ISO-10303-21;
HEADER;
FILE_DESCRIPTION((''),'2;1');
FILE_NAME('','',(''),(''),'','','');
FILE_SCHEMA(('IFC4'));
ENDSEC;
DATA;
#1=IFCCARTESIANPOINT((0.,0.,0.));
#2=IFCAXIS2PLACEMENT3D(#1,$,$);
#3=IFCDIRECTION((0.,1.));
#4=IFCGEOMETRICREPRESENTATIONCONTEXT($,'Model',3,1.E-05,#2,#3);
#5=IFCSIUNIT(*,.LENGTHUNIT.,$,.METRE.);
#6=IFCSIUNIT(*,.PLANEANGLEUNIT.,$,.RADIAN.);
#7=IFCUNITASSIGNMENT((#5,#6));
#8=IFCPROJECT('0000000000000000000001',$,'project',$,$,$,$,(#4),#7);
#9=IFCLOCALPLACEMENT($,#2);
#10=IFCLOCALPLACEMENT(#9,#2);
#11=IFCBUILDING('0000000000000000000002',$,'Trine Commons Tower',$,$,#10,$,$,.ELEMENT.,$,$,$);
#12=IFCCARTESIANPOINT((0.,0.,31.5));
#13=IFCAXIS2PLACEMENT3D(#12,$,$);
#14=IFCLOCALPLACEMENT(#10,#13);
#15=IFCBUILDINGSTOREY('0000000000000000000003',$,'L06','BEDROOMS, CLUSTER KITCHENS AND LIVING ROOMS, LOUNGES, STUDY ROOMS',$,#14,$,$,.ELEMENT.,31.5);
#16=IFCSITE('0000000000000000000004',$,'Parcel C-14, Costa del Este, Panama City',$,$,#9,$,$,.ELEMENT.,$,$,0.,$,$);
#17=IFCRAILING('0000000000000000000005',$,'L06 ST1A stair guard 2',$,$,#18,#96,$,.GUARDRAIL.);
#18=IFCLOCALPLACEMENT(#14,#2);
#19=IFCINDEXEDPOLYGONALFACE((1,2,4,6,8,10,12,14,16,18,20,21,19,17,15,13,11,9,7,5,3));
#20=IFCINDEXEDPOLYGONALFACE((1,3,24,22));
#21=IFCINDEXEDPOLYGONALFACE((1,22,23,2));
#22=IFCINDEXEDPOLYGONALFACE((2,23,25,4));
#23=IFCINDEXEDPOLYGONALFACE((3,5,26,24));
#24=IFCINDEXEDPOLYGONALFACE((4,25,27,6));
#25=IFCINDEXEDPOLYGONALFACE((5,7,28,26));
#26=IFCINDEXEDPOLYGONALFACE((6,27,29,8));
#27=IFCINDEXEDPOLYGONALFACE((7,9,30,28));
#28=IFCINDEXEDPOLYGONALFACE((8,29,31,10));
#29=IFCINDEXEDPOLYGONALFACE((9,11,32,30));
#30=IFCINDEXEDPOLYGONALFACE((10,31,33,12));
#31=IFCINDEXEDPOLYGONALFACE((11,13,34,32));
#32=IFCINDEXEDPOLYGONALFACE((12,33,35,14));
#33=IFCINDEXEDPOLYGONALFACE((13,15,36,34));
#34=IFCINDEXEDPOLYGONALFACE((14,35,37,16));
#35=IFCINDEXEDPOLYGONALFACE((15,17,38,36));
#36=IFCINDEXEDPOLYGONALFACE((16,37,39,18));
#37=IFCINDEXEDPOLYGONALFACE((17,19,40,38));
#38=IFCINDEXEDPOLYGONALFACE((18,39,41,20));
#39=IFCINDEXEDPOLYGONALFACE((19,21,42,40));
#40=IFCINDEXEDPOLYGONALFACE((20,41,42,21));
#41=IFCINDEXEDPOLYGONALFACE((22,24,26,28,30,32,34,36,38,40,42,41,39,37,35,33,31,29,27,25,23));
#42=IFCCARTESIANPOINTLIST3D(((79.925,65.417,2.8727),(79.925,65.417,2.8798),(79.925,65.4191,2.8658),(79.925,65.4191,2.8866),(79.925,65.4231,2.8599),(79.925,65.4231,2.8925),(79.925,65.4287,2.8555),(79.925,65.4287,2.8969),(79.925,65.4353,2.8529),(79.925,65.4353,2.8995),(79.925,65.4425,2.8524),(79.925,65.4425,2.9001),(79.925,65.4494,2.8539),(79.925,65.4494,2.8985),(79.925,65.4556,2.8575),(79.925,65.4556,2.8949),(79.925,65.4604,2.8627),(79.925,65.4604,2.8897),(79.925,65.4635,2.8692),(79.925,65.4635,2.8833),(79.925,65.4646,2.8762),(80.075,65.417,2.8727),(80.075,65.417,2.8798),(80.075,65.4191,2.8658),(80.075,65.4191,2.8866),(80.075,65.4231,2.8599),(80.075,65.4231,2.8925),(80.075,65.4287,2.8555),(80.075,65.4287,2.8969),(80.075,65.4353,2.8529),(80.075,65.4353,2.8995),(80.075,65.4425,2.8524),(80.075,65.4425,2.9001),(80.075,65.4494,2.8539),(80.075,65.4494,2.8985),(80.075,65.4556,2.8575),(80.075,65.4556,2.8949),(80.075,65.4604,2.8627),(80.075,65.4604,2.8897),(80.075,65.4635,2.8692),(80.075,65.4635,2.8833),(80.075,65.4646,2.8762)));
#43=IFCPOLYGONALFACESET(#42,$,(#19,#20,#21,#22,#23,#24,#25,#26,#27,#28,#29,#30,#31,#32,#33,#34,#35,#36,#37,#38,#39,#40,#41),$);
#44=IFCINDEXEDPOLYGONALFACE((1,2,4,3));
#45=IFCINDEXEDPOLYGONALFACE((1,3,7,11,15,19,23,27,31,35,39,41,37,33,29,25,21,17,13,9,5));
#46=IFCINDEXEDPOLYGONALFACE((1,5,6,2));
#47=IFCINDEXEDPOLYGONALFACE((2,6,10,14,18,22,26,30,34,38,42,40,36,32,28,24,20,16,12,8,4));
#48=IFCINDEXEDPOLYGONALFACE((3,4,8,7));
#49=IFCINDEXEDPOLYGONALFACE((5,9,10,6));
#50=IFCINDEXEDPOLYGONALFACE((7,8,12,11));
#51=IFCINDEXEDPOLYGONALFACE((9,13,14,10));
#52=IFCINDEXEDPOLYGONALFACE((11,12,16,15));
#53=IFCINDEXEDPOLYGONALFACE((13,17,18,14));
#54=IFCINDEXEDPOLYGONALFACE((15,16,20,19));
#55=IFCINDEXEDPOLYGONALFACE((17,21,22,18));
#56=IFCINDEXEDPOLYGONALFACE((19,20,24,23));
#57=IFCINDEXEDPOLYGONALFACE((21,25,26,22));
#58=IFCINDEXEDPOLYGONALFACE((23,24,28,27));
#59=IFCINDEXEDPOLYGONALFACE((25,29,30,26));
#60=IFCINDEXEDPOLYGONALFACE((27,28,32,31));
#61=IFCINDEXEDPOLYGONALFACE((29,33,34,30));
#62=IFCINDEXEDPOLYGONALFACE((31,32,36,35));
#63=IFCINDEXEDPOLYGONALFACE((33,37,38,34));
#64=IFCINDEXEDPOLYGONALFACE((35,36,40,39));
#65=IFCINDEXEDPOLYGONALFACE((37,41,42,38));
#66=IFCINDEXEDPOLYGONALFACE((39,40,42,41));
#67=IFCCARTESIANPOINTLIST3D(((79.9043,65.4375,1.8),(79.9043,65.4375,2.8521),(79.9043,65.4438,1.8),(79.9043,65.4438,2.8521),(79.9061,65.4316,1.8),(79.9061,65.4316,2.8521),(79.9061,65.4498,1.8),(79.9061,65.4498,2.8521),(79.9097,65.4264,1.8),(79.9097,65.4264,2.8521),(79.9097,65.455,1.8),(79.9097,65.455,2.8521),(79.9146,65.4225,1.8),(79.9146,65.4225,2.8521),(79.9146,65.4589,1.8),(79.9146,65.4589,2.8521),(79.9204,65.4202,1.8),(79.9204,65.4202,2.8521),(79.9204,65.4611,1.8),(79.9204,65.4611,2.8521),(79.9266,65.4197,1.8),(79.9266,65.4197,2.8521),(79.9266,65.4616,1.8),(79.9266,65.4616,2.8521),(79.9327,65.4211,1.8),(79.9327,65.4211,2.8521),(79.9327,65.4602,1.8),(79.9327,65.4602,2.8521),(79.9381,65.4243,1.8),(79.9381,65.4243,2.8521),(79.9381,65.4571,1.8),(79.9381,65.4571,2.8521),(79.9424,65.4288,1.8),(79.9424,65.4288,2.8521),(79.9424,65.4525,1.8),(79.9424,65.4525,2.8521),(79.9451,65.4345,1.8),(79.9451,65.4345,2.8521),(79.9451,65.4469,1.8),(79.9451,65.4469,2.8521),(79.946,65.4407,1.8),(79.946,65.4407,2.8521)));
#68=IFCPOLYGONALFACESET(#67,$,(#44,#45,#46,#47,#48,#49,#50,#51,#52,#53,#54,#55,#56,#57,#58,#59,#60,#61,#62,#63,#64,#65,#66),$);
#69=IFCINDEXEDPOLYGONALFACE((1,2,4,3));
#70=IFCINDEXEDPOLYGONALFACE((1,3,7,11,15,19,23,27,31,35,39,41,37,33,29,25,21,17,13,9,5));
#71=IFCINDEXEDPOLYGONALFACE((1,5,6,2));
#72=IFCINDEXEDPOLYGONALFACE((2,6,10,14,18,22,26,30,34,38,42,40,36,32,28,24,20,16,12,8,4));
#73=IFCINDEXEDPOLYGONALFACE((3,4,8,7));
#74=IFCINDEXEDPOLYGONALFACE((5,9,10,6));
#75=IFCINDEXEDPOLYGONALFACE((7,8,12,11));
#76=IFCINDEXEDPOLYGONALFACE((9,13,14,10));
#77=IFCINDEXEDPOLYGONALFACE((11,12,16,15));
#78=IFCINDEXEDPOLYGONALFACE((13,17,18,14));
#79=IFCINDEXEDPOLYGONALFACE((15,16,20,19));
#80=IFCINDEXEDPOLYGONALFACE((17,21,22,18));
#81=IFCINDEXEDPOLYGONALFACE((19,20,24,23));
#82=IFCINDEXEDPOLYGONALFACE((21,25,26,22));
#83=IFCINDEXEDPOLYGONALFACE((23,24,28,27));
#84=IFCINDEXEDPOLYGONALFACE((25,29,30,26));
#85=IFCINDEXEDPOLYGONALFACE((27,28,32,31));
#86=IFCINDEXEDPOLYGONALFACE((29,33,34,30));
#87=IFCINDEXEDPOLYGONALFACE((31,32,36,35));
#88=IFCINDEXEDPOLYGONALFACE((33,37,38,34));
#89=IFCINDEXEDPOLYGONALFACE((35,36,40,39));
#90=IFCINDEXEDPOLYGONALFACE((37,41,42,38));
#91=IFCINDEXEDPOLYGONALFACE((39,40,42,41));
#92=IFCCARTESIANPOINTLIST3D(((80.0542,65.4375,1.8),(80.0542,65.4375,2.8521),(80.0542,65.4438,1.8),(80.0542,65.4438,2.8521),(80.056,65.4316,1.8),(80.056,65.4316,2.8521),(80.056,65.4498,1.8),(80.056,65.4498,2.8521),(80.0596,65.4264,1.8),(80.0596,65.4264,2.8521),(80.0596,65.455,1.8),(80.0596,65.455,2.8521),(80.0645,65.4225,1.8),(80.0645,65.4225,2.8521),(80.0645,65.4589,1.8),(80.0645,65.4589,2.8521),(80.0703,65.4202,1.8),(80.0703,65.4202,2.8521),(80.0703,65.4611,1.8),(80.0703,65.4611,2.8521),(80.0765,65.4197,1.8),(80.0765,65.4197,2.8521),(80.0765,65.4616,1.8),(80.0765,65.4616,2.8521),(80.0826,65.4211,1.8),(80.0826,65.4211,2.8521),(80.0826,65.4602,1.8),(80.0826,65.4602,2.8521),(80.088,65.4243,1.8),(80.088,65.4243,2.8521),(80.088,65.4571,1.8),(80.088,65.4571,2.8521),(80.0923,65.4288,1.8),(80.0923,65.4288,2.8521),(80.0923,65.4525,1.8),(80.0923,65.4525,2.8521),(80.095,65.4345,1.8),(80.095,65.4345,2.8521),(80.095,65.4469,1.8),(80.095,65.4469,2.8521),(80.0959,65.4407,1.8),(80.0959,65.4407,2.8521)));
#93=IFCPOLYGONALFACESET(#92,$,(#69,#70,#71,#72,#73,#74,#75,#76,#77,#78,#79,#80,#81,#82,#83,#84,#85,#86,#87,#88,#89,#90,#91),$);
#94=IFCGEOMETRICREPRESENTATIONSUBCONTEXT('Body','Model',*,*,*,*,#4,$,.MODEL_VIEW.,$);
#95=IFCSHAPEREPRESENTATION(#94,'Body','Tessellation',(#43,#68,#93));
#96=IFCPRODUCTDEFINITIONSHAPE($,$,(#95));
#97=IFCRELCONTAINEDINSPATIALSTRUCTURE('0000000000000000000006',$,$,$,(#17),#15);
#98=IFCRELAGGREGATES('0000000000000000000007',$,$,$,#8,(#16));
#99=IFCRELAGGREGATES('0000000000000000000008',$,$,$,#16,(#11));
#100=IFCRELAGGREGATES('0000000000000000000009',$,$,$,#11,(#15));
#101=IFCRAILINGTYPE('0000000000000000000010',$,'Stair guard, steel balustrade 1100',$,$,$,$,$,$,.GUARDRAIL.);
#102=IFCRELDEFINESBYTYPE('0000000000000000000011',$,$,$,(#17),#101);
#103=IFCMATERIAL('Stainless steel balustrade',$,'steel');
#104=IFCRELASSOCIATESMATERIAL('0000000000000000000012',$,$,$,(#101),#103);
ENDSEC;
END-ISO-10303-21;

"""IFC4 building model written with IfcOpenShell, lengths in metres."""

from ifc_helpers import new_model, si_unit, direction, frame, origin, origin_2d, place, context, subcontext, project, spatial, circle, extrude, material, type_object, element, save


model = new_model("IFC4")

# Units and contexts
model_context = context("Model", 3, precision=1e-05, world=origin(), true_north=direction((0.0, 1.0)))
body_context = subcontext(model_context, "Body", "Model", "MODEL_VIEW")
ifc_project = project(units=[si_unit("LENGTHUNIT", "METRE"), si_unit("PLANEANGLEUNIT", "RADIAN")], contexts=[model_context])

# Site, building, storey
site_placement = place(None, origin())
site = spatial("IfcSite", under=ifc_project, at=site_placement, Name="Parcel C-14, Costa del Este, Panama City", CompositionType="ELEMENT", RefElevation=0.0)
building_placement = place(site_placement, origin())
building = spatial("IfcBuilding", under=site, at=building_placement, Name="Trine Commons Tower", CompositionType="ELEMENT")
storey_placement = place(building_placement, frame((0.0, 0.0, 31.5)))
storey = spatial("IfcBuildingStorey", under=building, at=storey_placement, Name="L06", Description="BEDROOMS, CLUSTER KITCHENS AND LIVING ROOMS, LOUNGES, STUDY ROOMS", CompositionType="ELEMENT", Elevation=31.5)

# Railing
ifc_material_1 = material(Name="Stainless steel balustrade", Category="steel")
railing_type_1 = type_object("IfcRailingType", Name="Stair guard, steel balustrade 1100", PredefinedType="GUARDRAIL", material=ifc_material_1)
railing_1_placement = place(storey_placement, frame((79.925, 65.4407, 1.8)))
element("IfcRailing", 1, at=railing_1_placement, inside=storey, type_object=railing_type_1, Name="L06 ST1A stair guard 2", PredefinedType="GUARDRAIL", context=body_context, shape_type="SweptSolid", body=[
    extrude(circle(Radius=0.0239, at=origin_2d()), frame((0.0, 0.0, 1.0762), z_axis=(1.0, 0.0, 0.0), x_axis=(0.0, 1.0, 0.0)), (0.0, 0.0, 1.0), 0.1499),
    extrude(circle(Radius=0.021, at=origin_2d()), origin(), (0.0, 0.0, 1.0), 1.052),
    extrude(circle(Radius=0.021, at=origin_2d()), frame((0.1499, 0.0, 0.0)), (0.0, 0.0, 1.0), 1.052),
])

save(model, "model.ifc")
